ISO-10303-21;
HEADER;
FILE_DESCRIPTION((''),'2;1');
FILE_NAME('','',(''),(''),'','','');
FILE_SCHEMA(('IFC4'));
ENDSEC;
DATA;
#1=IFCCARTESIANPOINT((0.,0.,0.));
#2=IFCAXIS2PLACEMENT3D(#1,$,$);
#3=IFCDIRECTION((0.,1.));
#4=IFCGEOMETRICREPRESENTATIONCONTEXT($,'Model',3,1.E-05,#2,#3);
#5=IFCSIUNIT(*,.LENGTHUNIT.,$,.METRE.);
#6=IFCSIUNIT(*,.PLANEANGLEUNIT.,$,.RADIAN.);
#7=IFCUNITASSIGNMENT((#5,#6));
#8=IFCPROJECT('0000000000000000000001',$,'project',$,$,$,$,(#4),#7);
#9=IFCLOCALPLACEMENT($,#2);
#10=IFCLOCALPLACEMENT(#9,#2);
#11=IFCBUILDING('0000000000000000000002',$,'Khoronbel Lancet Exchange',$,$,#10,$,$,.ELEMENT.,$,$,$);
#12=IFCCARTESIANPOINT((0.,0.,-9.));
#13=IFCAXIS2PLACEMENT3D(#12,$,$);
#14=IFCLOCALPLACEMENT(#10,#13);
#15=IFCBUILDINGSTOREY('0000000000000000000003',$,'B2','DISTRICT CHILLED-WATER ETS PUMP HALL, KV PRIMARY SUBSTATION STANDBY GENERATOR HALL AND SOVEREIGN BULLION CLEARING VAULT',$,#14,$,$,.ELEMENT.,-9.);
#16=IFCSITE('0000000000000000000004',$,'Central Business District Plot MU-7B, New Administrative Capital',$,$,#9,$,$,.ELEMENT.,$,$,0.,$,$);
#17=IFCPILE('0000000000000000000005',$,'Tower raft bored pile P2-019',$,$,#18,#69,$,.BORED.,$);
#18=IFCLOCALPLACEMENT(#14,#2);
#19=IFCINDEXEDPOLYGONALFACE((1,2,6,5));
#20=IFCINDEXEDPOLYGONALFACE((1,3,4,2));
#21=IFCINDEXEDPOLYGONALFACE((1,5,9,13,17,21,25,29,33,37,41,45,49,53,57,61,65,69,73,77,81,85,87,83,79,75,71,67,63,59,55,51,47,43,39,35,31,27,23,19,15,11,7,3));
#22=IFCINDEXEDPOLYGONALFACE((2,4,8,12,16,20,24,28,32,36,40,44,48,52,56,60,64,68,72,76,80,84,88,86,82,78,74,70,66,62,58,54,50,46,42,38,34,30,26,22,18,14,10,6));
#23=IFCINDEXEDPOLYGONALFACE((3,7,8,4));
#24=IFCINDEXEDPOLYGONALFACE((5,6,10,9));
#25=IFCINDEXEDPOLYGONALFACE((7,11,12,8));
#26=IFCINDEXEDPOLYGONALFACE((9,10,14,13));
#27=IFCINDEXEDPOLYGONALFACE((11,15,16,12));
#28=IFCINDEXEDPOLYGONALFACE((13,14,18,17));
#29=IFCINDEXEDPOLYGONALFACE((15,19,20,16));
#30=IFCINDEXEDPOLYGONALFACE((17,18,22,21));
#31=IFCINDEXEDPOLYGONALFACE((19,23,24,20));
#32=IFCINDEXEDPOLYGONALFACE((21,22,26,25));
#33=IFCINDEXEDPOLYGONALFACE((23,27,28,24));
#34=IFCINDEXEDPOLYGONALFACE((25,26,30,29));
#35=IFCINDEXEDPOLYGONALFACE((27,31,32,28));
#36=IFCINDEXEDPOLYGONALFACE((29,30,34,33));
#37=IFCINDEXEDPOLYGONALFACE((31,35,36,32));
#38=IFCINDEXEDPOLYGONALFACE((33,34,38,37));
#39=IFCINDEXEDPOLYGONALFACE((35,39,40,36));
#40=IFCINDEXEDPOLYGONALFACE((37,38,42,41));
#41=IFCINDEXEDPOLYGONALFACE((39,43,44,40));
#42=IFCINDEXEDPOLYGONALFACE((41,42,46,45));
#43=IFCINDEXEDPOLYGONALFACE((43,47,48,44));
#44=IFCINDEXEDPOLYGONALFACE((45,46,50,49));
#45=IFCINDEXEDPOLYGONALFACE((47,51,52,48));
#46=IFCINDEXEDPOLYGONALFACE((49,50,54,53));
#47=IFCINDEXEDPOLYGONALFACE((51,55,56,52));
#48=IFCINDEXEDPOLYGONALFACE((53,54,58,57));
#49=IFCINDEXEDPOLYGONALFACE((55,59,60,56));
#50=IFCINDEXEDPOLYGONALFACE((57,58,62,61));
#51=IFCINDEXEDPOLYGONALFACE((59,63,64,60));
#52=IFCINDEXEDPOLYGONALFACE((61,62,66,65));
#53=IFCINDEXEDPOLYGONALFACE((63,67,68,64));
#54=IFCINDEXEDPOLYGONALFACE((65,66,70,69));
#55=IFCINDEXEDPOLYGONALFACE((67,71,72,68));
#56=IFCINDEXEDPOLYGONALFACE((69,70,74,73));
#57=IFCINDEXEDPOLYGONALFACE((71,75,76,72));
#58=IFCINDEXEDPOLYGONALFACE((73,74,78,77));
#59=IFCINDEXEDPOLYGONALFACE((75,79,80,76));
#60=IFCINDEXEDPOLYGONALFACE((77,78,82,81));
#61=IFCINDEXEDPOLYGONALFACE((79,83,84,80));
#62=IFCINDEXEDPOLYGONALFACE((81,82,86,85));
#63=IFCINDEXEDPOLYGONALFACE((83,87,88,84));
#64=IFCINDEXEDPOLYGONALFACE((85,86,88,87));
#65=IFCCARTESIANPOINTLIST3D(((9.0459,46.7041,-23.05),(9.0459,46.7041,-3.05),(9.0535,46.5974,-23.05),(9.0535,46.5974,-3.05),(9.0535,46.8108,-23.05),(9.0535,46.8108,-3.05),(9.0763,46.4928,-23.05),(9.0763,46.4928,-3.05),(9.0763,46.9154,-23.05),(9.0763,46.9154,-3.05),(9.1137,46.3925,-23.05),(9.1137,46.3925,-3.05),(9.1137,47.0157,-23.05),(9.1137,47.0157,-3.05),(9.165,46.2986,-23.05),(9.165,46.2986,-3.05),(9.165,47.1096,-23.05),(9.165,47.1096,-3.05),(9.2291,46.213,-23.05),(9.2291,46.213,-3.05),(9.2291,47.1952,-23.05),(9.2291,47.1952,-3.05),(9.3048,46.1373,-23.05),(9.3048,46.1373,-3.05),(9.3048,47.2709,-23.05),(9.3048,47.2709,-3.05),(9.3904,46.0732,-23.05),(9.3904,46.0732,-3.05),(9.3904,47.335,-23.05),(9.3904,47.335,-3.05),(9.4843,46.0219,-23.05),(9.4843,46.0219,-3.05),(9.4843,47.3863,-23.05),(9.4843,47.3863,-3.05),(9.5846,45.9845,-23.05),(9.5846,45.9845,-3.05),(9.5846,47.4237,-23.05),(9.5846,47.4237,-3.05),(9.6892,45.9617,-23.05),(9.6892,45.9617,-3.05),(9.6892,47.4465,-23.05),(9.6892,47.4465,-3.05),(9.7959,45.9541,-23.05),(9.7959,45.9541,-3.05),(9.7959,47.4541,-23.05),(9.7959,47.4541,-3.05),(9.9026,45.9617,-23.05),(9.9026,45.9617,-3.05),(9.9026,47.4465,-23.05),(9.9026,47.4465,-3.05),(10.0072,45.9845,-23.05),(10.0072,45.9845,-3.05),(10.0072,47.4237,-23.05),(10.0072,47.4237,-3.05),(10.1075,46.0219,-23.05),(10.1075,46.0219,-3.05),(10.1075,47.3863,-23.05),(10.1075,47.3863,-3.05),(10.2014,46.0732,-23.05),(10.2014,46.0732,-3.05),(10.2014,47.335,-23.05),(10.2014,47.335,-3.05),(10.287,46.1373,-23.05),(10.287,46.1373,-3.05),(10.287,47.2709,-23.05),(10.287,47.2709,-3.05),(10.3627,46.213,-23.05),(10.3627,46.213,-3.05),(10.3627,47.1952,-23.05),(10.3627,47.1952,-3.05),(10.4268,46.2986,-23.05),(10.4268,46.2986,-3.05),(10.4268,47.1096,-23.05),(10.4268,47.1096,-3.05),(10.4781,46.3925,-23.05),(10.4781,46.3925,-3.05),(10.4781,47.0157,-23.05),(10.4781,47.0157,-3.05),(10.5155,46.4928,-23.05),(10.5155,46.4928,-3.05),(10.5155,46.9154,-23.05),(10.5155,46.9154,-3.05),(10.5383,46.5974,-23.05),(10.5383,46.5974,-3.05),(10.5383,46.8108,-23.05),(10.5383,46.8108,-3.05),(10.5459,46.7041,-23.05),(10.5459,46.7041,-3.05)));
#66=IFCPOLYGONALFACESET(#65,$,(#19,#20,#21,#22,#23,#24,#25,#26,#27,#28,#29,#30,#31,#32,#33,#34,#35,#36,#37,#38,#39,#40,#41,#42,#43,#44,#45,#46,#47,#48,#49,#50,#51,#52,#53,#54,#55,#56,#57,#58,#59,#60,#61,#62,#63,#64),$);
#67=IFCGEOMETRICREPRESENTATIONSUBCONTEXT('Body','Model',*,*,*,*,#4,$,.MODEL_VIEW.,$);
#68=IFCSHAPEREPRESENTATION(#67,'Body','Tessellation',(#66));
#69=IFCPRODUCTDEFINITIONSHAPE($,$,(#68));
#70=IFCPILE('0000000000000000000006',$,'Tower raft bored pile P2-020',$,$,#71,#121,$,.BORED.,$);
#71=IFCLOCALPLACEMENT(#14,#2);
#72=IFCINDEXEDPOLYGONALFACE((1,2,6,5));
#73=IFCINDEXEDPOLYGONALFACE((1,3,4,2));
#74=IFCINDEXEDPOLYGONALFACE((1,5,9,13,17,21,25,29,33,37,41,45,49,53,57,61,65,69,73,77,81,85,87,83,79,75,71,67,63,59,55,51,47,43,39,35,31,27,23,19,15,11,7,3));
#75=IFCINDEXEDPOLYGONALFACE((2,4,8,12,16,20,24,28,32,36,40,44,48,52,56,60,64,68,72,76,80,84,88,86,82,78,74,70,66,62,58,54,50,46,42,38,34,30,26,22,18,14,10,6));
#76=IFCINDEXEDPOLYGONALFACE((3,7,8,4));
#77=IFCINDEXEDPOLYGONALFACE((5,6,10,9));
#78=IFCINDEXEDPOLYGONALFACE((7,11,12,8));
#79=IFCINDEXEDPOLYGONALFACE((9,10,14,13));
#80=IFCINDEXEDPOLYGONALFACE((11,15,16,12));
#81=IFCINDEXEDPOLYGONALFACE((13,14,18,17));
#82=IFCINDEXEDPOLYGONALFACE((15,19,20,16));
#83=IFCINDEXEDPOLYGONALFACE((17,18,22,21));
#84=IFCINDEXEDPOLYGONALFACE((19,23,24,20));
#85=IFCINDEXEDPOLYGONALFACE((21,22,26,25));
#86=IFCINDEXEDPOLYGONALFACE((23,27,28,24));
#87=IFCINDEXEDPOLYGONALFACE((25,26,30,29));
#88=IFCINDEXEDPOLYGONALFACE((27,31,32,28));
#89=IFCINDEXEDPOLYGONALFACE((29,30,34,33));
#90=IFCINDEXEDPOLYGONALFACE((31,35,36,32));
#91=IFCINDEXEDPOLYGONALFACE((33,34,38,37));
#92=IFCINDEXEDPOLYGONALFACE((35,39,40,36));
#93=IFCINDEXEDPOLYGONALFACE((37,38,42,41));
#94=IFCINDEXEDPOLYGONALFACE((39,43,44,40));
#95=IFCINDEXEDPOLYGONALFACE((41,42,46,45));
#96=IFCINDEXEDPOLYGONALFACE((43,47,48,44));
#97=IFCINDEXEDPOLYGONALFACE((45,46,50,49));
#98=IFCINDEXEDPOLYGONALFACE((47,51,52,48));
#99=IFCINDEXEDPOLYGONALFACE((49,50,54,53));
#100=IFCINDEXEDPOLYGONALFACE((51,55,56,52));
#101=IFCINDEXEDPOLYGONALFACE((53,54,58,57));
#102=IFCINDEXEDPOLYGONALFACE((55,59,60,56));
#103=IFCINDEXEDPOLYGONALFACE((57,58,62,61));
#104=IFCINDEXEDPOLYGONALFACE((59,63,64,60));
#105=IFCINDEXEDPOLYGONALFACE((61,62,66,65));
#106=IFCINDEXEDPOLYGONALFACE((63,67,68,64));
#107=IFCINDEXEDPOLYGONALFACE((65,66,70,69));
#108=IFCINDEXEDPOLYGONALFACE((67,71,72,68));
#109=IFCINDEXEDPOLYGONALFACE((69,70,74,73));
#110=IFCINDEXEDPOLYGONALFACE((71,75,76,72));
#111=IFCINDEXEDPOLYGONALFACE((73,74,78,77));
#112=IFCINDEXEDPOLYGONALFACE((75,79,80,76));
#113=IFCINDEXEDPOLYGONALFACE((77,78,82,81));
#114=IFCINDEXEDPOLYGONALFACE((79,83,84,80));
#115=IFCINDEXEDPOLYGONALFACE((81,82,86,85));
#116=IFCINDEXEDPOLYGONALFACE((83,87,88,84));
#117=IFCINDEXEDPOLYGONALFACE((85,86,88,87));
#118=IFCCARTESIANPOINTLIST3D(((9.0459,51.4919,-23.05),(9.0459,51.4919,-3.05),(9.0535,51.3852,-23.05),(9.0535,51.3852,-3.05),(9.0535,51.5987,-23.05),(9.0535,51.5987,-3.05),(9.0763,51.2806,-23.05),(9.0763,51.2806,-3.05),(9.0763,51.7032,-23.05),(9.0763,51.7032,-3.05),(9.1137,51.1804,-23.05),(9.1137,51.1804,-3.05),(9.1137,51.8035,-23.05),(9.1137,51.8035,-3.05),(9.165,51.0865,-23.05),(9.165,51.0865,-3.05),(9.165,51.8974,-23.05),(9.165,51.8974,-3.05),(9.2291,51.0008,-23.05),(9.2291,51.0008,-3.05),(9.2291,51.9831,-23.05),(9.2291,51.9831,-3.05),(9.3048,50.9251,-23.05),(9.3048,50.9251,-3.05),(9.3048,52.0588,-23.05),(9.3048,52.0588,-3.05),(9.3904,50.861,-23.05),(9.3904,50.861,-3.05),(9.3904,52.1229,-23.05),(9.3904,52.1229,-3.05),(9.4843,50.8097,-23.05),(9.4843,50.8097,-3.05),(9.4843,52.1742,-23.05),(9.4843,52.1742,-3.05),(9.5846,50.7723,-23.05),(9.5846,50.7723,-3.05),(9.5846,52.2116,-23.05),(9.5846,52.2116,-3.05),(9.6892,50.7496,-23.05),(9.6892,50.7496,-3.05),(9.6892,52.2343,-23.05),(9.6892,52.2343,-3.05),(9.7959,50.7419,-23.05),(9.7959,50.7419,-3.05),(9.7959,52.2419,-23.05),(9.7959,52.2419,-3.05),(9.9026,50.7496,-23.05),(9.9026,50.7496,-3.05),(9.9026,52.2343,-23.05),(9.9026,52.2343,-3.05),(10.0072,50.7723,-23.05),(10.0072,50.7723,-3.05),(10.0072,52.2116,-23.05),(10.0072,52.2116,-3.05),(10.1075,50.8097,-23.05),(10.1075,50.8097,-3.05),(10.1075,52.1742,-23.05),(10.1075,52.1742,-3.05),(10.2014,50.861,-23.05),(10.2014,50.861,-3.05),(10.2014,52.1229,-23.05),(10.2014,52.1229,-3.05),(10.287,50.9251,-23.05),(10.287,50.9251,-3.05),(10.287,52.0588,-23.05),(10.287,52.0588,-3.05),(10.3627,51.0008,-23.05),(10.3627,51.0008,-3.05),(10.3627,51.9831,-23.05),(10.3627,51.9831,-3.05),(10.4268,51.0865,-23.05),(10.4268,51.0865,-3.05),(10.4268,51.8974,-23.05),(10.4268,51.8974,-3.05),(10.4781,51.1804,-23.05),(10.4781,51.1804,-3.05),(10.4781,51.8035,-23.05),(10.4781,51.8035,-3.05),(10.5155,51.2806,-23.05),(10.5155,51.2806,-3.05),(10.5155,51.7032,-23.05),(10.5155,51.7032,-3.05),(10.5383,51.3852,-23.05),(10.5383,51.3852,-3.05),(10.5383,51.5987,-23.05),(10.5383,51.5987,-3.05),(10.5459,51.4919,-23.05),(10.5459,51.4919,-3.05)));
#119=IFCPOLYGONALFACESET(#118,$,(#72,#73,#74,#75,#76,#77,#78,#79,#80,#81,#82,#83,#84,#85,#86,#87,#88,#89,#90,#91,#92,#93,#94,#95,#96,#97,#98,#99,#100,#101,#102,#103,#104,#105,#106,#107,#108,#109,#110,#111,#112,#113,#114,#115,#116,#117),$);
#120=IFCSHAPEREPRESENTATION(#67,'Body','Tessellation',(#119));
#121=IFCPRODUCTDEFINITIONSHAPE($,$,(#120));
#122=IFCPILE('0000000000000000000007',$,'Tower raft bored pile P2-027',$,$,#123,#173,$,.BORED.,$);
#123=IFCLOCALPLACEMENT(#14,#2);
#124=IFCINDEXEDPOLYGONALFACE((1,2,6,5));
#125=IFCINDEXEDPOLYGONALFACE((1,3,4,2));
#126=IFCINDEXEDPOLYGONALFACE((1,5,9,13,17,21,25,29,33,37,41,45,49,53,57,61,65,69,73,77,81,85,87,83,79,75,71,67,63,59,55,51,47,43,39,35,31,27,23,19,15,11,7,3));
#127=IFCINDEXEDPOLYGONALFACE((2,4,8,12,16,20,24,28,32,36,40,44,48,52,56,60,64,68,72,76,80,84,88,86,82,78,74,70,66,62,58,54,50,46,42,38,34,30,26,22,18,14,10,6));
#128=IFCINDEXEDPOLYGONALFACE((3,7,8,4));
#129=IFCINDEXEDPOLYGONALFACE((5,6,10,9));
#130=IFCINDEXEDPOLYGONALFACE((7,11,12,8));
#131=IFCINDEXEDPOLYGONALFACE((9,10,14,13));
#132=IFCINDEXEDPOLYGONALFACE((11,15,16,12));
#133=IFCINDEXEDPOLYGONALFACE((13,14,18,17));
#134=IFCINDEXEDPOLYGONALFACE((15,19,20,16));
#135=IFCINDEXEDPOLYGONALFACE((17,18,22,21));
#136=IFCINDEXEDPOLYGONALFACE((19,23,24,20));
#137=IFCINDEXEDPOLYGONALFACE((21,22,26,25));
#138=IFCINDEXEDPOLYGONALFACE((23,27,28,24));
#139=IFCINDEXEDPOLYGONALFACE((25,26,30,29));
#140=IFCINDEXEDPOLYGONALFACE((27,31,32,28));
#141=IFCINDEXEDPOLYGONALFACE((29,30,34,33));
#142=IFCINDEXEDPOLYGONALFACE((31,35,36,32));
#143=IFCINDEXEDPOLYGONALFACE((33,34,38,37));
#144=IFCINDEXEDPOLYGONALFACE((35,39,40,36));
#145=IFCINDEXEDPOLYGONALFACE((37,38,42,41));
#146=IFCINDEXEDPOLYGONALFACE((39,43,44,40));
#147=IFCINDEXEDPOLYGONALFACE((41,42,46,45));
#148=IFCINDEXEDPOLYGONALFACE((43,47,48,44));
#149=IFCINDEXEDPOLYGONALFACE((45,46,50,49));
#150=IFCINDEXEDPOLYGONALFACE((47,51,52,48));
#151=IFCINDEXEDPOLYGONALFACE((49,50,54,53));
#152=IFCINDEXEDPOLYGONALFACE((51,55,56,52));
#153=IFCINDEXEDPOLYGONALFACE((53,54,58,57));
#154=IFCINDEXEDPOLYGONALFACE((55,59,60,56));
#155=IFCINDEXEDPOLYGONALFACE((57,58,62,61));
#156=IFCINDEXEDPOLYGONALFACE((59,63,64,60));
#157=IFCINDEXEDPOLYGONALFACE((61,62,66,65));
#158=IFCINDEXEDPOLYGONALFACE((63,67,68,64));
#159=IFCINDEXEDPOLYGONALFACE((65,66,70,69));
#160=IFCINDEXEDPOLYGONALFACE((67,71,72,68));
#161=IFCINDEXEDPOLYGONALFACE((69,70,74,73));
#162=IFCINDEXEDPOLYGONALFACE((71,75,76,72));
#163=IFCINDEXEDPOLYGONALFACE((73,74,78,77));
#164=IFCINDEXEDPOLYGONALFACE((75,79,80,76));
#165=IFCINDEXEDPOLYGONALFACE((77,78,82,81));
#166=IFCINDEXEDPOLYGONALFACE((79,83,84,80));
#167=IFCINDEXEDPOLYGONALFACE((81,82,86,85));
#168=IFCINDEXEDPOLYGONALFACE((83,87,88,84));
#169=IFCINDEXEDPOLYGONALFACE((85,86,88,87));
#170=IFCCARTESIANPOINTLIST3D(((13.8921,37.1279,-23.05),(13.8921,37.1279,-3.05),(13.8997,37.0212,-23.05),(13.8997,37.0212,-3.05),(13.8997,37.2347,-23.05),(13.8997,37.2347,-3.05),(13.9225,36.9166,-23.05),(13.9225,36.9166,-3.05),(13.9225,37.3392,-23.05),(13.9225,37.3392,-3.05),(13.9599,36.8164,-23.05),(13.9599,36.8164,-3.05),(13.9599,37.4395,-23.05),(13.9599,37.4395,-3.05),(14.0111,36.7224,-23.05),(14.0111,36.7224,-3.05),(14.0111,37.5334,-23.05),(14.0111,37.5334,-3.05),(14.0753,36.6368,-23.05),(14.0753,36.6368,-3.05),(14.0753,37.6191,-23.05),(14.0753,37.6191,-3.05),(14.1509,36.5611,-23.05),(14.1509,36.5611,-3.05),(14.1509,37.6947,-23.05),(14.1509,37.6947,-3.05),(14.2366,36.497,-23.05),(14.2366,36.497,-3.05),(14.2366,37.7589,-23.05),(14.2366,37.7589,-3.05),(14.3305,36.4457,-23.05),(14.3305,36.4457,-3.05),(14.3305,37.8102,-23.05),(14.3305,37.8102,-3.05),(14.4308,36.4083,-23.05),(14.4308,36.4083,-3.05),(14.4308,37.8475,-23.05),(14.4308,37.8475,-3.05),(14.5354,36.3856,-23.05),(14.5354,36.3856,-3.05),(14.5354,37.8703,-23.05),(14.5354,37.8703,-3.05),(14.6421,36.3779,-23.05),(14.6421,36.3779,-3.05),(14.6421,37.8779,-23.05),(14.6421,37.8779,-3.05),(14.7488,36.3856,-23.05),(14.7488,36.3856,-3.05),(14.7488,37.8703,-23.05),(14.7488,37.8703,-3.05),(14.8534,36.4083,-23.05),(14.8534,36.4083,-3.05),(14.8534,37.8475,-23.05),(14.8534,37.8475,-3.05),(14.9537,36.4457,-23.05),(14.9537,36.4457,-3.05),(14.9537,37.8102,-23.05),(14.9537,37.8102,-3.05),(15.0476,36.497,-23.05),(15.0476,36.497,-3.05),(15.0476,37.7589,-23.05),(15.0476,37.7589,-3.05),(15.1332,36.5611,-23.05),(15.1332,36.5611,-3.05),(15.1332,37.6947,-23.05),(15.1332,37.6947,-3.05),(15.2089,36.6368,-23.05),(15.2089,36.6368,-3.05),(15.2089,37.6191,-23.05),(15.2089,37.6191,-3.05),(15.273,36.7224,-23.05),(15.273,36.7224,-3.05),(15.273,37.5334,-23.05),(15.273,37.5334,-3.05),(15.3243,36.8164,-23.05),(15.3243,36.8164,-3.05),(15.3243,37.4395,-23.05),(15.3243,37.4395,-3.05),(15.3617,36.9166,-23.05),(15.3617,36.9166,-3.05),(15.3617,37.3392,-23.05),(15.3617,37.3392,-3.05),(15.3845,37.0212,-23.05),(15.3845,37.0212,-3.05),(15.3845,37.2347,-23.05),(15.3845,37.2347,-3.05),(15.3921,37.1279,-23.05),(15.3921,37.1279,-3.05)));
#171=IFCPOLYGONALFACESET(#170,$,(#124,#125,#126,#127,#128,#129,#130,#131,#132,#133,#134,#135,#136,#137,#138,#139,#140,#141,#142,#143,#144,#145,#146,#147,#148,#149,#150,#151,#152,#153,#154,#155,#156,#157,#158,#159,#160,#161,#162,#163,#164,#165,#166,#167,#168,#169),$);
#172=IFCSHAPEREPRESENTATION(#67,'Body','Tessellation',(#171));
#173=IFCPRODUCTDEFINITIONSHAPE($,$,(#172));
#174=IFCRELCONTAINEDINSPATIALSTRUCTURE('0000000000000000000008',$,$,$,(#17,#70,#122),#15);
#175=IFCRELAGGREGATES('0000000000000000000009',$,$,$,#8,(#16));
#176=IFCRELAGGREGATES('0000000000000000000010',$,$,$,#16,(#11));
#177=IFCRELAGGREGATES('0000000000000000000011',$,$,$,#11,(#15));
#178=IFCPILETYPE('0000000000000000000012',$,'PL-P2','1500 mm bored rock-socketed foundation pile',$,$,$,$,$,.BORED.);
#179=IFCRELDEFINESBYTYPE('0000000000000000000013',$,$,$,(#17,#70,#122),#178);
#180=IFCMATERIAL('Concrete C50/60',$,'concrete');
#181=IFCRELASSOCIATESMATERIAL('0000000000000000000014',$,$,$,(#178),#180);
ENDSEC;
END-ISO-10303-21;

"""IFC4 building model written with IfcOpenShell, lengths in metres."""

from ifc_helpers import new_model, si_unit, direction, frame, origin, origin_2d, place, context, subcontext, project, spatial, circle, extrude, material, material_profile, profile_set, type_object, element, save


model = new_model("IFC4")

# Units and contexts
model_context = context("Model", 3, precision=1e-05, world=origin(), true_north=direction((0.0, 1.0)))
body_context = subcontext(model_context, "Body", "Model", "MODEL_VIEW")
ifc_project = project(units=[si_unit("LENGTHUNIT", "METRE"), si_unit("PLANEANGLEUNIT", "RADIAN")], contexts=[model_context])

# Site, building, storey
site_placement = place(None, origin())
site = spatial("IfcSite", under=ifc_project, at=site_placement, Name="Central Business District Plot MU-7B, New Administrative Capital", CompositionType="ELEMENT", RefElevation=0.0)
building_placement = place(site_placement, origin())
building = spatial("IfcBuilding", under=site, at=building_placement, Name="Khoronbel Lancet Exchange", CompositionType="ELEMENT")
storey_placement = place(building_placement, frame((0.0, 0.0, -9.0)))
storey = spatial("IfcBuildingStorey", under=building, at=storey_placement, Name="B2", Description="DISTRICT CHILLED-WATER ETS PUMP HALL, KV PRIMARY SUBSTATION STANDBY GENERATOR HALL AND SOVEREIGN BULLION CLEARING VAULT", CompositionType="ELEMENT", Elevation=-9.0)

# Piles
ifc_material_1 = material(Name="Concrete C50/60", Category="concrete")
ifc_material_profile_1 = material_profile(ifc_material_1, circle(Radius=0.75, at=origin_2d()), Name="BORED PILE D1500")
ifc_profile_set_1 = profile_set([ifc_material_profile_1], Name="Concrete C50/60")
pile_type = type_object("IfcPileType", Name="PL-P2", Description="1500 mm bored rock-socketed foundation pile", PredefinedType="BORED", material=ifc_profile_set_1)
for number, where, z_axis, x_axis, name in (
    (1, (9.7959, 46.7041, -3.05), (0.0, 0.0, -1.0), (1.0, 0.0, 0.0), "Tower raft bored pile P2-019"),
    (2, (9.7959, 51.4919, -3.05), (0.0, 0.0, -1.0), (1.0, 0.0, 0.0), "Tower raft bored pile P2-020"),
    (3, (14.6421, 37.1279, -3.05), (0.0, 0.0, -1.0), (1.0, 0.0, 0.0), "Tower raft bored pile P2-027"),
):
    element("IfcPile", number, at=place(storey_placement, frame(where, z_axis=z_axis, x_axis=x_axis)), inside=storey, type_object=pile_type, Name=name, PredefinedType="BORED", context=body_context, shape_type="SweptSolid", body=[
        extrude(circle(Radius=0.75, at=origin_2d()), origin(), (0.0, 0.0, 1.0), 20.0),
    ])

save(model, "model.ifc")
